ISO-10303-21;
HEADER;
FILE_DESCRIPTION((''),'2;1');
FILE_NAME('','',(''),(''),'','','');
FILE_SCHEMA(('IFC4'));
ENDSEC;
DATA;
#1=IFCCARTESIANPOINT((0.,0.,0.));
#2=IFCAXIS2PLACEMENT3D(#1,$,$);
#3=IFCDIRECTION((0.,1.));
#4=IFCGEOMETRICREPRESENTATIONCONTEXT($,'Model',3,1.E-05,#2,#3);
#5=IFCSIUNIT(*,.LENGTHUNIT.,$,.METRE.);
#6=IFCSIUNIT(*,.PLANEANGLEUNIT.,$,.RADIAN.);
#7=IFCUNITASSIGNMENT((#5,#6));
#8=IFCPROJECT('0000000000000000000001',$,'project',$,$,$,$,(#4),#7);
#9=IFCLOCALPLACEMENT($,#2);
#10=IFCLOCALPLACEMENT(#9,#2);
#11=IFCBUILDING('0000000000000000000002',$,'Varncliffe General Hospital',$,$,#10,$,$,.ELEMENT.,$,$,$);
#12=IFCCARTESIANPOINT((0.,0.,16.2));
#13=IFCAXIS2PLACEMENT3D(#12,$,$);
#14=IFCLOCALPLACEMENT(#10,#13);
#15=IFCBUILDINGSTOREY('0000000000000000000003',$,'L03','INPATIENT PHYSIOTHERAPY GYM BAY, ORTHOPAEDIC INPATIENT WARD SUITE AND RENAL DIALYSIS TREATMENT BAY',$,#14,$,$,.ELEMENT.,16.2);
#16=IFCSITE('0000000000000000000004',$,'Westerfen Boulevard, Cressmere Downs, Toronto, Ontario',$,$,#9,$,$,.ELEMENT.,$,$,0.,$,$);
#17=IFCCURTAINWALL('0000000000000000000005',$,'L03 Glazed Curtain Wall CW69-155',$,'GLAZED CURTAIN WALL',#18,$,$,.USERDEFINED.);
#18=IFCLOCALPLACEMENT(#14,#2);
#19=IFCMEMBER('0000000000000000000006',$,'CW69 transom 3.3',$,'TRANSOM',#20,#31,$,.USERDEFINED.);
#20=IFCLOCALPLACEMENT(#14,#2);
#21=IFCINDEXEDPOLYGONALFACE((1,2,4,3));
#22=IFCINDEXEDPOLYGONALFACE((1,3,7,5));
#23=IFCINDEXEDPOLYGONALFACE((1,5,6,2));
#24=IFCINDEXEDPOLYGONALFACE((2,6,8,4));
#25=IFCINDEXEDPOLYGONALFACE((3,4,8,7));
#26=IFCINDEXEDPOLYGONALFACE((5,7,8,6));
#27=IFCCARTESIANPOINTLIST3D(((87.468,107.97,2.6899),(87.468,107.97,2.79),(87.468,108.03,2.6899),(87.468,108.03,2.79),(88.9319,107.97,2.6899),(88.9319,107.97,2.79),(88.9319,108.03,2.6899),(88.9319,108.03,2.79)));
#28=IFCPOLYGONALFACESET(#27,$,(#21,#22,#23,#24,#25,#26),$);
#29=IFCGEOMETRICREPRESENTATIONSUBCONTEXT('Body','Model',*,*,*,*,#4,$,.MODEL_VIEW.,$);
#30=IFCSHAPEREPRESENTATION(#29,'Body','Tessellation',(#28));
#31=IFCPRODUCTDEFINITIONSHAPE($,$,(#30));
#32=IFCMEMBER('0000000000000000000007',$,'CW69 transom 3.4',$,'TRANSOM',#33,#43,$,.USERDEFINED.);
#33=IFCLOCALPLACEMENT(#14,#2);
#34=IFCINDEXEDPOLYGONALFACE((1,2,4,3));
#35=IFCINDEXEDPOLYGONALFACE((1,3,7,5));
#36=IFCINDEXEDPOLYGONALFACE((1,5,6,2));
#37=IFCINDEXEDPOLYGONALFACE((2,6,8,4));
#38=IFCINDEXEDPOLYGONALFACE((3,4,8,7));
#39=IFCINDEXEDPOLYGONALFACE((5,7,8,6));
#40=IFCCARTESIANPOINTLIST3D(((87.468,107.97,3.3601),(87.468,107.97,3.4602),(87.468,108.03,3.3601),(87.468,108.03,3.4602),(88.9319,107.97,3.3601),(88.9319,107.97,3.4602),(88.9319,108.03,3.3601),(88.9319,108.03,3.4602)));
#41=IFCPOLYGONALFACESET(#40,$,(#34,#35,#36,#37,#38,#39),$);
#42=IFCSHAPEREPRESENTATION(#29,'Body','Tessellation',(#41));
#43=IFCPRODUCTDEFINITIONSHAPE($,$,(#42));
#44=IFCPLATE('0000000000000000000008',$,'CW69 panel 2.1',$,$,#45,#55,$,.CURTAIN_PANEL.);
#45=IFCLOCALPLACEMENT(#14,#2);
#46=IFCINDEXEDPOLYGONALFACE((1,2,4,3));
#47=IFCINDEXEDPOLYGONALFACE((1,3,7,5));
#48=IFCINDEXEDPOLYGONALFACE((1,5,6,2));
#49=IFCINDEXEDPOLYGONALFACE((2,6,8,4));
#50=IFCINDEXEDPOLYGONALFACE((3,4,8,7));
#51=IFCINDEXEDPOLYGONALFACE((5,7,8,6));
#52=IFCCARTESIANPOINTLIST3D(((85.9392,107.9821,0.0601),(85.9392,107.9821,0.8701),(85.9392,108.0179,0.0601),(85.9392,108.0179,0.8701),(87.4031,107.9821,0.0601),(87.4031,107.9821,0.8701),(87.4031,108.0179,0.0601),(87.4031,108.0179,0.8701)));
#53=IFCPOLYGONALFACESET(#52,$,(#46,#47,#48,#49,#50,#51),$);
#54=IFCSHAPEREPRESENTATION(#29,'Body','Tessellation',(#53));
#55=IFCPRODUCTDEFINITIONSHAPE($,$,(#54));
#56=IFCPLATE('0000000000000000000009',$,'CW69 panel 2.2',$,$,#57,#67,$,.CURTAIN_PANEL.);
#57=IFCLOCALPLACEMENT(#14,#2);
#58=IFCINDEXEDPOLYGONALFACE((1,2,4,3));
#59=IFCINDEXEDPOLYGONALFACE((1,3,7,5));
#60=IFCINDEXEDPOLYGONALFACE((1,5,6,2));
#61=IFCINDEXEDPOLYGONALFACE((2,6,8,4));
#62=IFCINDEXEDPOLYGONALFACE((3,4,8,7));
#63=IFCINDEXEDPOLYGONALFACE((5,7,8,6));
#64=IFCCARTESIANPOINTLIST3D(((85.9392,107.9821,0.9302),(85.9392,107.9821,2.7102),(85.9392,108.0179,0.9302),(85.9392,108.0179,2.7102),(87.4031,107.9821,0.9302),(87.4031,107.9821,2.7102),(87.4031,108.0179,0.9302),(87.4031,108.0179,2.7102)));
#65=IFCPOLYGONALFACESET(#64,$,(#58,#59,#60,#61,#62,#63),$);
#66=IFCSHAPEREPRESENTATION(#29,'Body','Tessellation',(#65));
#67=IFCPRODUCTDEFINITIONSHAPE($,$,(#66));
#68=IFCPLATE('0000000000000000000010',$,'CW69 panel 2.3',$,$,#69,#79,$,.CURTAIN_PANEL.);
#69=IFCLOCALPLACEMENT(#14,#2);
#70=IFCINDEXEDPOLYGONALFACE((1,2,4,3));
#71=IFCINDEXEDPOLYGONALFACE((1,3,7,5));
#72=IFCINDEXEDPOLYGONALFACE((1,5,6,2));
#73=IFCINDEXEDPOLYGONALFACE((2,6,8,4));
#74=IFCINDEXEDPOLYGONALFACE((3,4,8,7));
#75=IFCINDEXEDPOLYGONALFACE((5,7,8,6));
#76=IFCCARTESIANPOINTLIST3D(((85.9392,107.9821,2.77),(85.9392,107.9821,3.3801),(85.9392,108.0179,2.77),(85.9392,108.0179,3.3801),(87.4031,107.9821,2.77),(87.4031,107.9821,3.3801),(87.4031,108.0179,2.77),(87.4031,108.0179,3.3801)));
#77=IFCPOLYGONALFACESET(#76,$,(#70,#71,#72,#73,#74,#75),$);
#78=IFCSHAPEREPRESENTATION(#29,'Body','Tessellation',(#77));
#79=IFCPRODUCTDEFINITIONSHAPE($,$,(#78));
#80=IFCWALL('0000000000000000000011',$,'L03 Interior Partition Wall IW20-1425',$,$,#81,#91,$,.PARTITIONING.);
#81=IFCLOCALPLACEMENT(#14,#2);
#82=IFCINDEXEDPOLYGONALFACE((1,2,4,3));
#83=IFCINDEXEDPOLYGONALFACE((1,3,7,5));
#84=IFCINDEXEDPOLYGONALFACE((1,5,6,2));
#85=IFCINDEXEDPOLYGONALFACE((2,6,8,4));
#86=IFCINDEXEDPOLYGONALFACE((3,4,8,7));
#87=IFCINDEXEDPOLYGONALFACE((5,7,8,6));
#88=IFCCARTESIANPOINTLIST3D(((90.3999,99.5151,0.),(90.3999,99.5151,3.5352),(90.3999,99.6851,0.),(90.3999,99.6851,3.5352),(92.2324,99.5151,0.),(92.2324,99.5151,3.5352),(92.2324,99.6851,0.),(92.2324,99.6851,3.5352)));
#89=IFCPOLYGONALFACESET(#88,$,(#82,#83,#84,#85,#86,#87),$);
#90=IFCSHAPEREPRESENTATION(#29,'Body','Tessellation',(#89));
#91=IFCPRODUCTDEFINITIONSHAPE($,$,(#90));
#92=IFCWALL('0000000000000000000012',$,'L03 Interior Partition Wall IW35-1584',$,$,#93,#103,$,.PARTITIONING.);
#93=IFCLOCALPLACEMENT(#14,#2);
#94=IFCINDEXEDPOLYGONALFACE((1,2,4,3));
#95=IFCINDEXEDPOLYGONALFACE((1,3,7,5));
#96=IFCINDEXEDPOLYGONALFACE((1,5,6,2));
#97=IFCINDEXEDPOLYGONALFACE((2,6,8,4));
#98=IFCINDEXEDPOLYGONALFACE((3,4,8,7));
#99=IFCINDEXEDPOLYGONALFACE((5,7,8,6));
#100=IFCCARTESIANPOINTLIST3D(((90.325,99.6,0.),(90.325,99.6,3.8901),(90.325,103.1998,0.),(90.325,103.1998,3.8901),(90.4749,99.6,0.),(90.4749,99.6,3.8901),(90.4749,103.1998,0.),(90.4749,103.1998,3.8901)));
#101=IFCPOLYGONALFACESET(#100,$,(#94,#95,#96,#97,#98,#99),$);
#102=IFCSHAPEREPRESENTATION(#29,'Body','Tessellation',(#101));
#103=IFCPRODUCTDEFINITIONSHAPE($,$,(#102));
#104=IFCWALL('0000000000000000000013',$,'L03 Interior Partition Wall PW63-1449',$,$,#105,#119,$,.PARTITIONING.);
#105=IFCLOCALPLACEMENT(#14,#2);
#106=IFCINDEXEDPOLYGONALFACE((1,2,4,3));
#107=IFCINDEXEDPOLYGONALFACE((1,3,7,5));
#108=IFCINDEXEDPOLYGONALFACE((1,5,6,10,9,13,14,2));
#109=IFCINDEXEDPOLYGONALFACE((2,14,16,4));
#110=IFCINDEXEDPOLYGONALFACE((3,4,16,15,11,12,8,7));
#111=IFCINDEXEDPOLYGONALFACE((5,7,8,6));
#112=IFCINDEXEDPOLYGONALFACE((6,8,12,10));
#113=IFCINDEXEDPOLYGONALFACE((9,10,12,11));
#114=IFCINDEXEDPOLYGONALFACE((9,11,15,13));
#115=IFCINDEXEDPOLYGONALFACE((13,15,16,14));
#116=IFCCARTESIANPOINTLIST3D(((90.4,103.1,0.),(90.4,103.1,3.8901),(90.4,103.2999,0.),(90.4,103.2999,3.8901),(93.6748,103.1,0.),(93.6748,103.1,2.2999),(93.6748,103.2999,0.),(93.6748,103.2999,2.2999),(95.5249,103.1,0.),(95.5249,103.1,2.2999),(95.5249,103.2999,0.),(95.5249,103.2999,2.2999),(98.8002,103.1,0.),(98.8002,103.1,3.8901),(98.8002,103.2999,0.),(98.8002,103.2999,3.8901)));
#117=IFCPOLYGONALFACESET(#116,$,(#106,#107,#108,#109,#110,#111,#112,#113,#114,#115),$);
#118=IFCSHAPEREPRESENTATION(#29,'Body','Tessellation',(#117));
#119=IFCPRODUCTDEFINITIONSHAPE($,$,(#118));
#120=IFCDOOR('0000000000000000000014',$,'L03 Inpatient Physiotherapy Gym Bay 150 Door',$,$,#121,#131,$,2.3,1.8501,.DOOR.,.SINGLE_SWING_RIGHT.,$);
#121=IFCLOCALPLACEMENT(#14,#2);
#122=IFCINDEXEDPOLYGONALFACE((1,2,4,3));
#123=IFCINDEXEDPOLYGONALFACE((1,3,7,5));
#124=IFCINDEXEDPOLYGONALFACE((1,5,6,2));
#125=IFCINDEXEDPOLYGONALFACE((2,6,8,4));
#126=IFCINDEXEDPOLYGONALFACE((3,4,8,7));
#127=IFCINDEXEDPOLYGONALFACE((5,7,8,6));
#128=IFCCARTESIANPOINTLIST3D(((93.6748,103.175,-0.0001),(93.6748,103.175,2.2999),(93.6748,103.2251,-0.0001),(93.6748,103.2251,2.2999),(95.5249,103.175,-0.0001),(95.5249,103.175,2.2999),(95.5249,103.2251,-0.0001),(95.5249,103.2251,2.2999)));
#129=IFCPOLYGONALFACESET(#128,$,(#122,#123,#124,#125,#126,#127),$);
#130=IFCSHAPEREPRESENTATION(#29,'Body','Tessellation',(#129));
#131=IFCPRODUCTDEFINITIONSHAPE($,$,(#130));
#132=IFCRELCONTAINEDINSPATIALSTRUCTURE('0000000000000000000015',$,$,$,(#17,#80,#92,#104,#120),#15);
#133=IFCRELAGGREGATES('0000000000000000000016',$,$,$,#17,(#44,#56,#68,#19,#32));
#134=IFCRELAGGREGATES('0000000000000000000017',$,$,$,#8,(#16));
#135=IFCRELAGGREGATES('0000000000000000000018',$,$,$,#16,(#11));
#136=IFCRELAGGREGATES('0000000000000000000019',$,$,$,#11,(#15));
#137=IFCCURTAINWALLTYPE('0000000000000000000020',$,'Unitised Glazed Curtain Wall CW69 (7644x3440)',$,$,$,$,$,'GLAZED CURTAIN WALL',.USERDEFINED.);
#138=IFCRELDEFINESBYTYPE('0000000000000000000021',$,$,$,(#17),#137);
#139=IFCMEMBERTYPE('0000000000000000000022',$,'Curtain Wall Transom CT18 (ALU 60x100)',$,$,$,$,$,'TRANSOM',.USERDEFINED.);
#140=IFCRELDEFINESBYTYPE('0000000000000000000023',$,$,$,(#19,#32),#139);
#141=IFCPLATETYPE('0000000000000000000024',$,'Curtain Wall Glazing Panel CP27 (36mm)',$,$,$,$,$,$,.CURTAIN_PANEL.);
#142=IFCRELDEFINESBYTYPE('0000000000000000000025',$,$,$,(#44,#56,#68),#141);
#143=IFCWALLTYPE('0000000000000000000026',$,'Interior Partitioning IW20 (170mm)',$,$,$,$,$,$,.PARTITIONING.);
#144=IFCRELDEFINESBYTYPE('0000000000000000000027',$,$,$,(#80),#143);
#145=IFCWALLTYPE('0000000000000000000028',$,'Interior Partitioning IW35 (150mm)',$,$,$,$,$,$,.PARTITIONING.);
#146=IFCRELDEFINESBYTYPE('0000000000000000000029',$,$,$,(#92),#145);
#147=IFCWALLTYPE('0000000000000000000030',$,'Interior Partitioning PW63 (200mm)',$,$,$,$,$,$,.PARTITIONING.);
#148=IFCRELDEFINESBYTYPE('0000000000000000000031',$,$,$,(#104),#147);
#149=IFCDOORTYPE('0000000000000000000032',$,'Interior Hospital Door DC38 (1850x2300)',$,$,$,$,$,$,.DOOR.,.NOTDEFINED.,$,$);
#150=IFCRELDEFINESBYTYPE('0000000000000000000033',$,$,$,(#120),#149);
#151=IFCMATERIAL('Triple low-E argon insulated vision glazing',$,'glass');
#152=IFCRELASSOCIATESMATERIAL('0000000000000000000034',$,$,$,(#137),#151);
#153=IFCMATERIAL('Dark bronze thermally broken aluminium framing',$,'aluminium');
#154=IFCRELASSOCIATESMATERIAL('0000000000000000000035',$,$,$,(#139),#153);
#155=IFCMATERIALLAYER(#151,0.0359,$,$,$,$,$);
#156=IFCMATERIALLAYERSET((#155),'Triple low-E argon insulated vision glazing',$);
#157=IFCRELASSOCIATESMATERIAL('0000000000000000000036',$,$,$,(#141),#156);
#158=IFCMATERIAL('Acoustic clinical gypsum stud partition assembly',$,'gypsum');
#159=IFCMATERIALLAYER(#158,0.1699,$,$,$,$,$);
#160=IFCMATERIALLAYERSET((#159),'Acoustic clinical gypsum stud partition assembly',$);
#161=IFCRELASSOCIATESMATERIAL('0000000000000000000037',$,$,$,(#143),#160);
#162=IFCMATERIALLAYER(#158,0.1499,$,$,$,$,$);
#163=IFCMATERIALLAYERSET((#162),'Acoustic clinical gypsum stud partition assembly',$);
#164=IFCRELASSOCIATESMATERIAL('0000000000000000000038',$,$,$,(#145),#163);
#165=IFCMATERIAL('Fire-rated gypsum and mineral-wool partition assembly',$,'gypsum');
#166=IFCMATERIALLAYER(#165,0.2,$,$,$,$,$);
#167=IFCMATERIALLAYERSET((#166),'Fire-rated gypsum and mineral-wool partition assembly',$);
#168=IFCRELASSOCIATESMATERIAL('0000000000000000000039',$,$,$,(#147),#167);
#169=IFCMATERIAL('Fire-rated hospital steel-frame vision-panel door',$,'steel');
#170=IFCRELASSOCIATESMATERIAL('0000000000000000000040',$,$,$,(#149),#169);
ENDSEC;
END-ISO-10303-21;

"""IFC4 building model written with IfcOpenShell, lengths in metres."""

from ifc_helpers import new_model, si_unit, direction, frame, frame_2d, origin, origin_2d, place, context, subcontext, project, spatial, rectangle, extrude, material, layer, layer_set, material_profile, profile_set, type_object, element, fill, aggregate, save


model = new_model("IFC4")

# Units and contexts
model_context = context("Model", 3, precision=1e-05, world=origin(), true_north=direction((0.0, 1.0)))
body_context = subcontext(model_context, "Body", "Model", "MODEL_VIEW")
ifc_project = project(units=[si_unit("LENGTHUNIT", "METRE"), si_unit("PLANEANGLEUNIT", "RADIAN")], contexts=[model_context])

# Site, building, storey
site_placement = place(None, origin())
site = spatial("IfcSite", under=ifc_project, at=site_placement, Name="Westerfen Boulevard, Cressmere Downs, Toronto, Ontario", CompositionType="ELEMENT", RefElevation=0.0)
building_placement = place(site_placement, origin())
building = spatial("IfcBuilding", under=site, at=building_placement, Name="Varncliffe General Hospital", CompositionType="ELEMENT")
storey_placement = place(building_placement, frame((0.0, 0.0, 16.2)))
storey = spatial("IfcBuildingStorey", under=building, at=storey_placement, Name="L03", Description="INPATIENT PHYSIOTHERAPY GYM BAY, ORTHOPAEDIC INPATIENT WARD SUITE AND RENAL DIALYSIS TREATMENT BAY", CompositionType="ELEMENT", Elevation=16.2)

# Curtain wall, members, plates
ifc_material_1 = material(Name="Triple low-E argon insulated vision glazing", Category="glass")
curtain_wall_type = type_object("IfcCurtainWallType", Name="Unitised Glazed Curtain Wall CW69 (7644x3440)", ElementType="GLAZED CURTAIN WALL", PredefinedType="USERDEFINED", material=ifc_material_1)
curtain_wall_placement = place(storey_placement, origin())
curtain_wall = element("IfcCurtainWall", 1, at=curtain_wall_placement, inside=storey, type_object=curtain_wall_type, Name="L03 Glazed Curtain Wall CW69-155", ObjectType="GLAZED CURTAIN WALL", PredefinedType="USERDEFINED")
ifc_material_2 = material(Name="Dark bronze thermally broken aluminium framing", Category="aluminium")
ifc_material_profile_1 = material_profile(ifc_material_2, rectangle(XDim=0.0601, YDim=0.1001, at=origin_2d()), Name="ALU 60x100")
ifc_profile_set_1 = profile_set([ifc_material_profile_1], Name="Dark bronze thermally broken aluminium framing")
member_type_1 = type_object("IfcMemberType", Name="Curtain Wall Transom CT18 (ALU 60x100)", ElementType="TRANSOM", PredefinedType="USERDEFINED", material=ifc_profile_set_1)
member_1_placement = place(storey_placement, frame((87.468, 108.0, 2.74), z_axis=(1.0, 0.0, 0.0), x_axis=(0.0, 1.0, 0.0)))
member_1 = element("IfcMember", 2, at=member_1_placement, type_object=member_type_1, Name="CW69 transom 3.3", ObjectType="TRANSOM", PredefinedType="USERDEFINED", context=body_context, shape_type="SweptSolid", body=[
    extrude(rectangle(XDim=0.0601, YDim=0.1001, at=origin_2d()), origin(), (0.0, 0.0, 1.0), 1.4639),
])
member_2_placement = place(storey_placement, frame((87.468, 108.0, 3.4102), z_axis=(1.0, 0.0, 0.0), x_axis=(0.0, 1.0, 0.0)))
member_2 = element("IfcMember", 3, at=member_2_placement, type_object=member_type_1, Name="CW69 transom 3.4", ObjectType="TRANSOM", PredefinedType="USERDEFINED", context=body_context, shape_type="SweptSolid", body=[
    extrude(rectangle(XDim=0.0601, YDim=0.1001, at=origin_2d()), origin(), (0.0, 0.0, 1.0), 1.4639),
])
ifc_layer_1 = layer(ifc_material_1, 0.0359)
ifc_layer_set_1 = layer_set([ifc_layer_1], Name="Triple low-E argon insulated vision glazing")
plate_type = type_object("IfcPlateType", Name="Curtain Wall Glazing Panel CP27 (36mm)", PredefinedType="CURTAIN_PANEL", material=ifc_layer_set_1)
plate_1_placement = place(storey_placement, frame((86.6711, 108.0, 0.0601), z_axis=(0.0, 0.0, 1.0), x_axis=(1.0, 0.0, 0.0)))
plate_1 = element("IfcPlate", 4, at=plate_1_placement, type_object=plate_type, Name="CW69 panel 2.1", PredefinedType="CURTAIN_PANEL", context=body_context, shape_type="SweptSolid", body=[
    extrude(rectangle(XDim=1.4639, YDim=0.0359, at=origin_2d()), origin(), (0.0, 0.0, 1.0), 0.8101),
])
plate_2_placement = place(storey_placement, frame((86.6711, 108.0, 0.9302), z_axis=(0.0, 0.0, 1.0), x_axis=(1.0, 0.0, 0.0)))
plate_2 = element("IfcPlate", 5, at=plate_2_placement, type_object=plate_type, Name="CW69 panel 2.2", PredefinedType="CURTAIN_PANEL", context=body_context, shape_type="SweptSolid", body=[
    extrude(rectangle(XDim=1.4639, YDim=0.0359, at=origin_2d()), origin(), (0.0, 0.0, 1.0), 1.78),
])
plate_3_placement = place(storey_placement, frame((86.6711, 108.0, 2.77), z_axis=(0.0, 0.0, 1.0), x_axis=(1.0, 0.0, 0.0)))
plate_3 = element("IfcPlate", 6, at=plate_3_placement, type_object=plate_type, Name="CW69 panel 2.3", PredefinedType="CURTAIN_PANEL", context=body_context, shape_type="SweptSolid", body=[
    extrude(rectangle(XDim=1.4639, YDim=0.0359, at=origin_2d()), origin(), (0.0, 0.0, 1.0), 0.6101),
])
aggregate(curtain_wall, [plate_1, plate_2, plate_3, member_1, member_2])

# Walls
ifc_material_3 = material(Name="Acoustic clinical gypsum stud partition assembly", Category="gypsum")
ifc_layer_2 = layer(ifc_material_3, 0.1699)
ifc_layer_set_2 = layer_set([ifc_layer_2], Name="Acoustic clinical gypsum stud partition assembly")
wall_type_1 = type_object("IfcWallType", Name="Interior Partitioning IW20 (170mm)", PredefinedType="PARTITIONING", material=ifc_layer_set_2)
wall_1_placement = place(storey_placement, frame((90.3999, 99.6001, 0.0), z_axis=(0.0, 0.0, 1.0), x_axis=(1.0, 0.0, 0.0)))
element("IfcWall", 7, at=wall_1_placement, inside=storey, type_object=wall_type_1, Name="L03 Interior Partition Wall IW20-1425", PredefinedType="PARTITIONING", context=body_context, shape_type="SweptSolid", body=[
    extrude(rectangle(XDim=1.8325, YDim=0.1699, at=frame_2d((0.9163, 0.0))), origin(), (0.0, 0.0, 1.0), 3.5352),
])
ifc_layer_3 = layer(ifc_material_3, 0.1499)
ifc_layer_set_3 = layer_set([ifc_layer_3], Name="Acoustic clinical gypsum stud partition assembly")
wall_type_2 = type_object("IfcWallType", Name="Interior Partitioning IW35 (150mm)", PredefinedType="PARTITIONING", material=ifc_layer_set_3)
wall_2_placement = place(storey_placement, frame((90.3999, 99.6001, 0.0), z_axis=(0.0, 0.0, 1.0), x_axis=(0.0, 1.0, 0.0)))
element("IfcWall", 8, at=wall_2_placement, inside=storey, type_object=wall_type_2, Name="L03 Interior Partition Wall IW35-1584", PredefinedType="PARTITIONING", context=body_context, shape_type="SweptSolid", body=[
    extrude(rectangle(XDim=3.5999, YDim=0.1499, at=frame_2d((1.7998, 0.0))), origin(), (0.0, 0.0, 1.0), 3.8901),
])

# Wall, opening, door
ifc_material_4 = material(Name="Fire-rated gypsum and mineral-wool partition assembly", Category="gypsum")
ifc_layer_4 = layer(ifc_material_4, 0.2)
ifc_layer_set_4 = layer_set([ifc_layer_4], Name="Fire-rated gypsum and mineral-wool partition assembly")
wall_type_3 = type_object("IfcWallType", Name="Interior Partitioning PW63 (200mm)", PredefinedType="PARTITIONING", material=ifc_layer_set_4)
wall_3_placement = place(storey_placement, frame((90.3999, 103.2, 0.0), z_axis=(0.0, 0.0, 1.0), x_axis=(1.0, 0.0, 0.0)))
wall_3 = element("IfcWall", 9, at=wall_3_placement, inside=storey, type_object=wall_type_3, Name="L03 Interior Partition Wall PW63-1449", PredefinedType="PARTITIONING", context=body_context, shape_type="SweptSolid", body=[
    extrude(rectangle(XDim=8.4001, YDim=0.2, at=frame_2d((4.2002, 0.0))), origin(), (0.0, 0.0, 1.0), 3.8901),
])
opening_placement = place(wall_3_placement, frame((3.2749, 0.0, 0.0)))
opening = element("IfcOpeningElement", 10, at=opening_placement, cuts=wall_3, PredefinedType="OPENING", context=body_context, shape_type="SweptSolid", body=[
    extrude(rectangle(XDim=1.8501, YDim=2.3, at=frame_2d((0.925, 1.1499))), frame((0.0, 0.1099, 0.0), z_axis=(0.0, -1.0, 0.0), x_axis=(1.0, 0.0, 0.0)), (0.0, 0.0, 1.0), 0.22),
])
ifc_material_5 = material(Name="Fire-rated hospital steel-frame vision-panel door", Category="steel")
door_type = type_object("IfcDoorType", Name="Interior Hospital Door DC38 (1850x2300)", OperationType="NOTDEFINED", PredefinedType="DOOR", material=ifc_material_5)
door_placement = place(opening_placement, frame((1.8501, 0.0, 0.0), z_axis=(0.0, 0.0, 1.0), x_axis=(-1.0, 0.0, 0.0)))
door = element("IfcDoor", 11, at=door_placement, inside=storey, type_object=door_type, Name="L03 Inpatient Physiotherapy Gym Bay 150 Door", OperationType="SINGLE_SWING_RIGHT", OverallHeight=2.3, OverallWidth=1.8501, PredefinedType="DOOR", context=body_context, shape_type="SweptSolid", body=[
    extrude(rectangle(XDim=1.8501, YDim=2.3, at=frame_2d((0.925, 1.1499))), frame((0.0, 0.0249, 0.0), z_axis=(0.0, -1.0, 0.0), x_axis=(1.0, 0.0, 0.0)), (0.0, 0.0, 1.0), 0.05),
])
fill(opening, door)

save(model, "model.ifc")
